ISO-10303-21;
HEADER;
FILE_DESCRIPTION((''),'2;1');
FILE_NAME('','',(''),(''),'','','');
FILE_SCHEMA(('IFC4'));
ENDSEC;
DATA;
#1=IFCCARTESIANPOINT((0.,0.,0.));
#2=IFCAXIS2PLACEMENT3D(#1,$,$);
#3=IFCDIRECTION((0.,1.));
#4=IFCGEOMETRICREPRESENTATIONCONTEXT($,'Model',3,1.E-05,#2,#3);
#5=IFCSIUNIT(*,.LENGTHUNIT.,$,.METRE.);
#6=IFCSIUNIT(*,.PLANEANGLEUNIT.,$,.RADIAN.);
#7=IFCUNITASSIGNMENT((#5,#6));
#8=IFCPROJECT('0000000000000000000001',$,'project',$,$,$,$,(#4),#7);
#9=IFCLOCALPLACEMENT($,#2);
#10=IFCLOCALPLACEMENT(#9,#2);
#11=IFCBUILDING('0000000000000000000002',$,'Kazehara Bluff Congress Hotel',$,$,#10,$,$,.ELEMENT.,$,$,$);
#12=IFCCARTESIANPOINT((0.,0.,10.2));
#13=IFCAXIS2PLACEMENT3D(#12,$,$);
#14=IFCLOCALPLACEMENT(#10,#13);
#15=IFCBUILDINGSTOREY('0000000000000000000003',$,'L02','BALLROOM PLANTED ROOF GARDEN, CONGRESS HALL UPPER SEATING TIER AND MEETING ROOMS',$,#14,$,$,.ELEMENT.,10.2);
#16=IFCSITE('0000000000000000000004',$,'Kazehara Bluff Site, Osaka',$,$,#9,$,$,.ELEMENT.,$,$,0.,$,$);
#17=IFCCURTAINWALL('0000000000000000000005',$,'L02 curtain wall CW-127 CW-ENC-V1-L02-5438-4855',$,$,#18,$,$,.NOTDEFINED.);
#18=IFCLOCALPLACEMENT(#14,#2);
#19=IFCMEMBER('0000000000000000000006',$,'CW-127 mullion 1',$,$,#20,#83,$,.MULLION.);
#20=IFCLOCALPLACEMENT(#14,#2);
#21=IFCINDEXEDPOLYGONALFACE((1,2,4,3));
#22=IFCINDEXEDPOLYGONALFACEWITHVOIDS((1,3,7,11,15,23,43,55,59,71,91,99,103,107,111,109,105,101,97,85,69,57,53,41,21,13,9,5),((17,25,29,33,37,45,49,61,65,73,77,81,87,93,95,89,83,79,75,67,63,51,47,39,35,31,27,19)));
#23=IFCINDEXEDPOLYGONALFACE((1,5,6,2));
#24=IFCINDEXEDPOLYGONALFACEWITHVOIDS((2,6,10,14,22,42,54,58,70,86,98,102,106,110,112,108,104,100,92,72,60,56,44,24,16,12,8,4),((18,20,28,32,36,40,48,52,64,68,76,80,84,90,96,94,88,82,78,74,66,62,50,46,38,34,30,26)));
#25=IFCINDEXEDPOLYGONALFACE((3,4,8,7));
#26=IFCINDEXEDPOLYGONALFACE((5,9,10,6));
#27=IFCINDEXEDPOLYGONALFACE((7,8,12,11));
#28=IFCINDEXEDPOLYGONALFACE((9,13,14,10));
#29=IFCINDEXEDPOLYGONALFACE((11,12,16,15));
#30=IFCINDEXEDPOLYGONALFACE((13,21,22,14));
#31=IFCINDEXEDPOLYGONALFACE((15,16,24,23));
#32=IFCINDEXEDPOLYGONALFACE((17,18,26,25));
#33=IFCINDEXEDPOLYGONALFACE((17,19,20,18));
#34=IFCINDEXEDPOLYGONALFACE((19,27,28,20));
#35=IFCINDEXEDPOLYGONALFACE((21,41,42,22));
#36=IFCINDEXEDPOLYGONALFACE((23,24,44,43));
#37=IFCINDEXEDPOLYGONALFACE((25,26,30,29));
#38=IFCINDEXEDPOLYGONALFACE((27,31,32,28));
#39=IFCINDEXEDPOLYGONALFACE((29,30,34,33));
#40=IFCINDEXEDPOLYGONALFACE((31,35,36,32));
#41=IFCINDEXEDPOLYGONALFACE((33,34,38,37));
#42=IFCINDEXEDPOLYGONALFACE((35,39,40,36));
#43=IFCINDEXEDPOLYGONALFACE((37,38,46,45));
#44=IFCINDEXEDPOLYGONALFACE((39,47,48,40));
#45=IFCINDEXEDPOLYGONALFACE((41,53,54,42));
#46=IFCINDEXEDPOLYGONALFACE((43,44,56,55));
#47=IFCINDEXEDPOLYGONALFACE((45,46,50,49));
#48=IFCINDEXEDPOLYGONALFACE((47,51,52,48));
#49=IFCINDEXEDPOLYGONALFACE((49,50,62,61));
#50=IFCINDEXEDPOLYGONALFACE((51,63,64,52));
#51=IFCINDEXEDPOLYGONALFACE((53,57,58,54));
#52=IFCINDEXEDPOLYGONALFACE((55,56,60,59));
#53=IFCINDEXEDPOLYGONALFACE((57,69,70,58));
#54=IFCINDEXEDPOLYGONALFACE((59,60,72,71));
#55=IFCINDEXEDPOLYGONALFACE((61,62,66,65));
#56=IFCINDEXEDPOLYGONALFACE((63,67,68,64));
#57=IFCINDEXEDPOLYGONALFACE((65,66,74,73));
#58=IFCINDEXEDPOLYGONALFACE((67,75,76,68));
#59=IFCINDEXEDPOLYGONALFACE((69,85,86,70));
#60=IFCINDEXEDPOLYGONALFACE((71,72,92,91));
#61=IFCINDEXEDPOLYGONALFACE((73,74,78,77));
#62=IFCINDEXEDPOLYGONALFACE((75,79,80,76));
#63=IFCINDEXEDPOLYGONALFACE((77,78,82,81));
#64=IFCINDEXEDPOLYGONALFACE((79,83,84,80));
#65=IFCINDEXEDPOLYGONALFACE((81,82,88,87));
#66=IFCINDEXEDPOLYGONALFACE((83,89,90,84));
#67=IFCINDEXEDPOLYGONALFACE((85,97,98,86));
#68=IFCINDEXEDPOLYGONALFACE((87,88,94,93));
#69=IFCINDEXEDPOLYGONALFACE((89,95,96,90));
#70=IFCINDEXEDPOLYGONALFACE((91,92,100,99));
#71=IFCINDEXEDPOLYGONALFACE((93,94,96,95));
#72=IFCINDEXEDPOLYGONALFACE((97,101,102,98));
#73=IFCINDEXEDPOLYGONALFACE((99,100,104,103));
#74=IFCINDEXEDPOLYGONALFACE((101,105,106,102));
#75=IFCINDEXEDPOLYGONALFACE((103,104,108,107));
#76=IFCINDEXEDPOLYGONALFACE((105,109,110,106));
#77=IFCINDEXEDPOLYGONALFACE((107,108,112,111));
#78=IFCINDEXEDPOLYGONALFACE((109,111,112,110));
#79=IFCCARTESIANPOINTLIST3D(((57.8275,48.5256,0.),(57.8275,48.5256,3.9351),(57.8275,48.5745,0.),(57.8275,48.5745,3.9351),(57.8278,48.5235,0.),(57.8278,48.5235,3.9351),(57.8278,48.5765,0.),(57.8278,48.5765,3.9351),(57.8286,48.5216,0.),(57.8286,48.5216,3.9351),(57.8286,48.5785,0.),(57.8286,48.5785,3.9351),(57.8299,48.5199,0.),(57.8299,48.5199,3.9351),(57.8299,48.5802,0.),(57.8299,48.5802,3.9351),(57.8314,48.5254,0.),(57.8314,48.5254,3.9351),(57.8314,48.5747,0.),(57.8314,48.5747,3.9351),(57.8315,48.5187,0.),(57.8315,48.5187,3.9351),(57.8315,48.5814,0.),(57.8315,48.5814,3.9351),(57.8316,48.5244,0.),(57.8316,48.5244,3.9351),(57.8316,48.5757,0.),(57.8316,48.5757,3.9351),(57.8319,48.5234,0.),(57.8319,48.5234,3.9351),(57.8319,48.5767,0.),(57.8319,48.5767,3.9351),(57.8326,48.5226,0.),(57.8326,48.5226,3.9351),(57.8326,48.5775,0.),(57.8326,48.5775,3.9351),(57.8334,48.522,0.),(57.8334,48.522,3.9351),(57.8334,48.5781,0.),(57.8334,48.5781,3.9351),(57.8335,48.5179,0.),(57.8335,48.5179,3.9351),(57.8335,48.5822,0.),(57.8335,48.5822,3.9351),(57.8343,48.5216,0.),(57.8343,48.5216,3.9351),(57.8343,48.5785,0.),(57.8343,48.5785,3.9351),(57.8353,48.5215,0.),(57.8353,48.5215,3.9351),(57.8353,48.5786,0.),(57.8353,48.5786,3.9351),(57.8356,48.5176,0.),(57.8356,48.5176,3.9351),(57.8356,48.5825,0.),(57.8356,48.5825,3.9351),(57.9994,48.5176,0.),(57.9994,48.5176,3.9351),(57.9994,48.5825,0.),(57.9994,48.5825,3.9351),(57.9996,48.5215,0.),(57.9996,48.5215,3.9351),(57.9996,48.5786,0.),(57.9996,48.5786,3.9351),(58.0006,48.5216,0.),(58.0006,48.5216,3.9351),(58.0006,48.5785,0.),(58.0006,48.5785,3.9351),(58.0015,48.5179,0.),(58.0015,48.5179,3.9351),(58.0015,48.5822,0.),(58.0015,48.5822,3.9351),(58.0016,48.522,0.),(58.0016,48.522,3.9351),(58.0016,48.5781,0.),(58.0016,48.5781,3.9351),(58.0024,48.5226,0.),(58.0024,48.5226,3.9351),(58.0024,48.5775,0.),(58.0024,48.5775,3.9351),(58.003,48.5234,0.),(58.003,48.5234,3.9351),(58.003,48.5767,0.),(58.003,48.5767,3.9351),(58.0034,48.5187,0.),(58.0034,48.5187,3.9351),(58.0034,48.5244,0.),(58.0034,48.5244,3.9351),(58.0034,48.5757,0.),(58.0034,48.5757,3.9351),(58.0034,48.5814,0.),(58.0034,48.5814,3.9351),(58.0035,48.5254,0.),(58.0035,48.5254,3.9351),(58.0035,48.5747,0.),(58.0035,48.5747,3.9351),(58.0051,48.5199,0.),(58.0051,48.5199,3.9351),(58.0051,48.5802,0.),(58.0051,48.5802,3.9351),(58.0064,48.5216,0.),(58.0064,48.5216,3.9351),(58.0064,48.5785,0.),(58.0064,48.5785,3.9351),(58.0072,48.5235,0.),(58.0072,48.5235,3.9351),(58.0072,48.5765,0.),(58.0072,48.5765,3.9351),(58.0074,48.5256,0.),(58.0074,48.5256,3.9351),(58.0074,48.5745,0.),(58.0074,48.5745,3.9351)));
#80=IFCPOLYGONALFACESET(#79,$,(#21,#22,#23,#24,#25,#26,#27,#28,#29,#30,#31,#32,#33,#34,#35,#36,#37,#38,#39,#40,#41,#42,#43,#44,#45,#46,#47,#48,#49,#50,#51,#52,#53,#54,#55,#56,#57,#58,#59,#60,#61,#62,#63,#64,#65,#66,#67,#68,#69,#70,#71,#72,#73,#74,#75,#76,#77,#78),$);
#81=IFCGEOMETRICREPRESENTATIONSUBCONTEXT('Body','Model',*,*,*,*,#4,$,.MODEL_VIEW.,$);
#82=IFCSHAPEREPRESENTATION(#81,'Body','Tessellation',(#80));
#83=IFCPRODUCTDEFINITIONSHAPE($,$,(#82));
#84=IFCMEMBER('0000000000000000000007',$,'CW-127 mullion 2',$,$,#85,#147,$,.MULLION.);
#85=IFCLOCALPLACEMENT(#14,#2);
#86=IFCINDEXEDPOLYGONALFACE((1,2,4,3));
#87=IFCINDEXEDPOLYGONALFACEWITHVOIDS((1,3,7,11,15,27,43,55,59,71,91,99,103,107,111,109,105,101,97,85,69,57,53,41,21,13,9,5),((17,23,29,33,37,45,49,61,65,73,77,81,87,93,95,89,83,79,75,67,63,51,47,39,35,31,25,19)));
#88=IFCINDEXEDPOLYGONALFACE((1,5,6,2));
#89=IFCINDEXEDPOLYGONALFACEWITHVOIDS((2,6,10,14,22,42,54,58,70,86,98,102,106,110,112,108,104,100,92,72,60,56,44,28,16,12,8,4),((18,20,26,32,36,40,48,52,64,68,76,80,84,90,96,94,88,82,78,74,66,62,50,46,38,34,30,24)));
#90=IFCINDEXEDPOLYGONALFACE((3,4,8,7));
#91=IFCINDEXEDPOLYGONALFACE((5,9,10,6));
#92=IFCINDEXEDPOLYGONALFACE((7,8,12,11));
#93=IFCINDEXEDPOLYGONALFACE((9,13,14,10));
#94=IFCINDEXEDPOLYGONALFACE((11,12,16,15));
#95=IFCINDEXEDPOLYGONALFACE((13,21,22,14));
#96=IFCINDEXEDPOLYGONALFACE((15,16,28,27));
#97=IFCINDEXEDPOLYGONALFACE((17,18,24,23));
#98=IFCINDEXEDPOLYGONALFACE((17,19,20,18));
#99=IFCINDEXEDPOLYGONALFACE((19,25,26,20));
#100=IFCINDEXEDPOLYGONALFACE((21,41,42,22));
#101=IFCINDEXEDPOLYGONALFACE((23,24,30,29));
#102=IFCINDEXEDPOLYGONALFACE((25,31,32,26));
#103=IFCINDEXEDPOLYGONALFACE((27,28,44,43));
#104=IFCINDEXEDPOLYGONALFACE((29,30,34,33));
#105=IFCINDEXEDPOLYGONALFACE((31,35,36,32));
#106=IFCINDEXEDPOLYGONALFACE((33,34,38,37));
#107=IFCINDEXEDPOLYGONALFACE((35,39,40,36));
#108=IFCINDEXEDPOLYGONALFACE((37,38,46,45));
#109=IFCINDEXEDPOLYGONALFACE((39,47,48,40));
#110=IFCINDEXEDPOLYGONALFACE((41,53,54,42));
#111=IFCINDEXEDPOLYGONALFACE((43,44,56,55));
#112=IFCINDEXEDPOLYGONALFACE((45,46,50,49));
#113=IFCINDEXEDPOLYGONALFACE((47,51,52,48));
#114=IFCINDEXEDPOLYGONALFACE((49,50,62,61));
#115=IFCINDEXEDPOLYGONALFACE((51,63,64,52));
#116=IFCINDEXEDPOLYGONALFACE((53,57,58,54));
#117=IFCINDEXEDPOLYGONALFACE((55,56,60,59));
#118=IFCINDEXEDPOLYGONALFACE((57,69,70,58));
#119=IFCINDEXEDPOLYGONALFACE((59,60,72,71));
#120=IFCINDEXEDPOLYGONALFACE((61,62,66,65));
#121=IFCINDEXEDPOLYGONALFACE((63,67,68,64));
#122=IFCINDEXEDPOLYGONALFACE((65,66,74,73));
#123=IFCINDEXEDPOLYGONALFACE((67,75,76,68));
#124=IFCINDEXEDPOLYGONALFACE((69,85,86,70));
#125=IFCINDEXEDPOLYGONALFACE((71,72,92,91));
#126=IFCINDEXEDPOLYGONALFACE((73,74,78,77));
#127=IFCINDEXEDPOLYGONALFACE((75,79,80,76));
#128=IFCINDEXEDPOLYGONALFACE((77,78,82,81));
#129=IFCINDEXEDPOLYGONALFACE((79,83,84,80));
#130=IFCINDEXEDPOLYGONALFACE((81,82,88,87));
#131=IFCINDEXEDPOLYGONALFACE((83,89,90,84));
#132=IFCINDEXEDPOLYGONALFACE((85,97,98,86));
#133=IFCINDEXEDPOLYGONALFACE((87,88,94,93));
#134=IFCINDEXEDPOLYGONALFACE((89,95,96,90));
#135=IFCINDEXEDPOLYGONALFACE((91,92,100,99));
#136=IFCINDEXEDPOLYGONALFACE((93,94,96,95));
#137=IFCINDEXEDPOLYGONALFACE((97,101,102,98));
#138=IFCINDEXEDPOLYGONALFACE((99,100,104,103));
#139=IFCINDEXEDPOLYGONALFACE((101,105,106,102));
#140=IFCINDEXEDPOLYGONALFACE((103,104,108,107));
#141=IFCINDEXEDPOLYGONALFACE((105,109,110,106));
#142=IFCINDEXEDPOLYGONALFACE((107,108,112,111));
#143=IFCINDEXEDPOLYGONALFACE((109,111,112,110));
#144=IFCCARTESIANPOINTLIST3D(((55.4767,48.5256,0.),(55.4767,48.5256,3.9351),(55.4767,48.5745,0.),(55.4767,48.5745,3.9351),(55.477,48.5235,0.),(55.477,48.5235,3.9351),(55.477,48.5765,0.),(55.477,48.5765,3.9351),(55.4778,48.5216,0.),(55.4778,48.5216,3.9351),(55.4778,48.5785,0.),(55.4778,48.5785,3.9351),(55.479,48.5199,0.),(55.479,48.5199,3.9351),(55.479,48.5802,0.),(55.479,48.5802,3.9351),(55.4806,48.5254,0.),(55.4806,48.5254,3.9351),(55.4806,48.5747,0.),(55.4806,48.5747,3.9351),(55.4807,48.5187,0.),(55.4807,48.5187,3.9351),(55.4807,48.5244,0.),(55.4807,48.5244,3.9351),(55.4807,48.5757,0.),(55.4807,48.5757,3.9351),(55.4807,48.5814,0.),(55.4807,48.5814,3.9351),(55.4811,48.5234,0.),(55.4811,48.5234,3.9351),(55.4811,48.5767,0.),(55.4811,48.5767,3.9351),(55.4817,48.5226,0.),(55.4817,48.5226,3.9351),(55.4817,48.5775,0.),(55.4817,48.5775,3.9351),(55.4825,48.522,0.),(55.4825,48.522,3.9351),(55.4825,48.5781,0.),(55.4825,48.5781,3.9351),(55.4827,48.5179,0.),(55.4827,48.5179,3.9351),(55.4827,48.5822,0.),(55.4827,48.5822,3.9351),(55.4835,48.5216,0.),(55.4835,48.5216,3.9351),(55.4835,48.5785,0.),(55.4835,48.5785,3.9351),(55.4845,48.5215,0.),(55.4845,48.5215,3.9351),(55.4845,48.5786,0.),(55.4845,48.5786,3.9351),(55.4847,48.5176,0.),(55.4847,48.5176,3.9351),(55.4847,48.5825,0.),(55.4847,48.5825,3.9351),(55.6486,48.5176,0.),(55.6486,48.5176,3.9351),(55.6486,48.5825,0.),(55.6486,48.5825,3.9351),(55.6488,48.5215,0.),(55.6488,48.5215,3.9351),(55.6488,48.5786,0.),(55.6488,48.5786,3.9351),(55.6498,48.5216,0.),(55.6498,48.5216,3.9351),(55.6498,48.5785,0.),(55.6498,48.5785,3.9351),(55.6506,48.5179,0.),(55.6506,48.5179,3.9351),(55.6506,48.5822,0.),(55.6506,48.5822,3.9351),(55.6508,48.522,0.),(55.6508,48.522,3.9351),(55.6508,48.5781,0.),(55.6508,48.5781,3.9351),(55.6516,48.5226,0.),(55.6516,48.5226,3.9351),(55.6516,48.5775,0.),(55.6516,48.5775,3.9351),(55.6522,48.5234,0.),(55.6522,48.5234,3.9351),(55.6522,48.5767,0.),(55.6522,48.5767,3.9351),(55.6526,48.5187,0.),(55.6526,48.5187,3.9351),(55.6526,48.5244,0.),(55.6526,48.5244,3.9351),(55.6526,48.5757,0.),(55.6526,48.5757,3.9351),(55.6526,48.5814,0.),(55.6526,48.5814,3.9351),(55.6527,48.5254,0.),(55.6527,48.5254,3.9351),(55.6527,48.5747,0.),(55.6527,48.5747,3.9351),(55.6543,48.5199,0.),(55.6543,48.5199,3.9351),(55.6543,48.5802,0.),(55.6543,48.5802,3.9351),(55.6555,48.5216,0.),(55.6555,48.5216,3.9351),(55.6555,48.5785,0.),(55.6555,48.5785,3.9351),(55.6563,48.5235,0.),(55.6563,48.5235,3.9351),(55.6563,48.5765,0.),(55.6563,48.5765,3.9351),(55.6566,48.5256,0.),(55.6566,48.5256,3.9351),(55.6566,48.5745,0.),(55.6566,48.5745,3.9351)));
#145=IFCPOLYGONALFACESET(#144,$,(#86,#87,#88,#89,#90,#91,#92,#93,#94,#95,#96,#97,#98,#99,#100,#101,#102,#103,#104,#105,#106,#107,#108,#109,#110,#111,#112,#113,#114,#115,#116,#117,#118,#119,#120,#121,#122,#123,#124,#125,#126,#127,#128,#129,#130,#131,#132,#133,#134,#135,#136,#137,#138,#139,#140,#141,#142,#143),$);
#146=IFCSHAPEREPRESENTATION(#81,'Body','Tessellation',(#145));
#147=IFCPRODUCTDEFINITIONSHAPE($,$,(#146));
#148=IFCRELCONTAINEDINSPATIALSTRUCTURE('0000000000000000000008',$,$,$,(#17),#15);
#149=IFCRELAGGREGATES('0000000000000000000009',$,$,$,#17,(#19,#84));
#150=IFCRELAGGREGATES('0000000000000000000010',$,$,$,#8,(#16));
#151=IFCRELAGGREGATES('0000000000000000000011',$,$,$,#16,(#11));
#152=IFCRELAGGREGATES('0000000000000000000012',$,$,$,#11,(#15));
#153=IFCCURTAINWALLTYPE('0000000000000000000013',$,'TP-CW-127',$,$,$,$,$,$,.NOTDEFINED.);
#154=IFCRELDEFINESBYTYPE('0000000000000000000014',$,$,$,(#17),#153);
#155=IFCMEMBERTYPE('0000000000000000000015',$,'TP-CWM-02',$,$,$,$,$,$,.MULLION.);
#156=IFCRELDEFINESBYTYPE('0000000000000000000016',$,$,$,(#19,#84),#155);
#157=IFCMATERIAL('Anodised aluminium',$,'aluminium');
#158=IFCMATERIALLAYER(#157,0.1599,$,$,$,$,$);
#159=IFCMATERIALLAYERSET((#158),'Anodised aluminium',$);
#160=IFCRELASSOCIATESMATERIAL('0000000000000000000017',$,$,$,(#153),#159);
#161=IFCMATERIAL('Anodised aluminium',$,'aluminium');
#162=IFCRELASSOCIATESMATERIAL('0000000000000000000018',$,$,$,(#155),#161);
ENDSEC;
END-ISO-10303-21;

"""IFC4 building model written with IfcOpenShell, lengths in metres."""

from ifc_helpers import new_model, si_unit, direction, frame, origin, origin_2d, place, context, subcontext, project, spatial, hollow_rectangle, extrude, material, layer, layer_set, material_profile, profile_set, type_object, element, aggregate, save


model = new_model("IFC4")

# Units and contexts
model_context = context("Model", 3, precision=1e-05, world=origin(), true_north=direction((0.0, 1.0)))
body_context = subcontext(model_context, "Body", "Model", "MODEL_VIEW")
ifc_project = project(units=[si_unit("LENGTHUNIT", "METRE"), si_unit("PLANEANGLEUNIT", "RADIAN")], contexts=[model_context])

# Site, building, storey
site_placement = place(None, origin())
site = spatial("IfcSite", under=ifc_project, at=site_placement, Name="Kazehara Bluff Site, Osaka", CompositionType="ELEMENT", RefElevation=0.0)
building_placement = place(site_placement, origin())
building = spatial("IfcBuilding", under=site, at=building_placement, Name="Kazehara Bluff Congress Hotel", CompositionType="ELEMENT")
storey_placement = place(building_placement, frame((0.0, 0.0, 10.2)))
storey = spatial("IfcBuildingStorey", under=building, at=storey_placement, Name="L02", Description="BALLROOM PLANTED ROOF GARDEN, CONGRESS HALL UPPER SEATING TIER AND MEETING ROOMS", CompositionType="ELEMENT", Elevation=10.2)

# Curtain wall, members
ifc_material_1 = material(Name="Anodised aluminium", Category="aluminium")
ifc_layer_1 = layer(ifc_material_1, 0.1599)
ifc_layer_set_1 = layer_set([ifc_layer_1], Name="Anodised aluminium")
curtain_wall_type_1 = type_object("IfcCurtainWallType", Name="TP-CW-127", PredefinedType="NOTDEFINED", material=ifc_layer_set_1)
curtain_wall_1_placement = place(storey_placement, origin())
curtain_wall_1 = element("IfcCurtainWall", 1, at=curtain_wall_1_placement, inside=storey, type_object=curtain_wall_type_1, Name="L02 curtain wall CW-127 CW-ENC-V1-L02-5438-4855", PredefinedType="NOTDEFINED")
ifc_material_2 = material(Name="Anodised aluminium", Category="aluminium")
ifc_material_profile_1 = material_profile(ifc_material_2, hollow_rectangle(XDim=0.0649, YDim=0.1799, WallThickness=0.0039, InnerFilletRadius=0.0039, OuterFilletRadius=0.0081, at=origin_2d()))
ifc_profile_set_1 = profile_set([ifc_material_profile_1], Name="Anodised aluminium")
member_type_1 = type_object("IfcMemberType", Name="TP-CWM-02", PredefinedType="MULLION", material=ifc_profile_set_1)
member_1_placement = place(storey_placement, frame((57.9175, 48.55, 0.0), z_axis=(0.0, 0.0, 1.0), x_axis=(0.0, -1.0, 0.0)))
member_1 = element("IfcMember", 2, at=member_1_placement, type_object=member_type_1, Name="CW-127 mullion 1", PredefinedType="MULLION", context=body_context, shape_type="SweptSolid", body=[
    extrude(hollow_rectangle(XDim=0.0649, YDim=0.1799, WallThickness=0.0039, InnerFilletRadius=0.0039, OuterFilletRadius=0.0081, at=origin_2d()), origin(), (0.0, 0.0, 1.0), 3.9351),
])
member_2_placement = place(storey_placement, frame((55.5667, 48.55, 0.0), z_axis=(0.0, 0.0, 1.0), x_axis=(0.0, -1.0, 0.0)))
member_2 = element("IfcMember", 3, at=member_2_placement, type_object=member_type_1, Name="CW-127 mullion 2", PredefinedType="MULLION", context=body_context, shape_type="SweptSolid", body=[
    extrude(hollow_rectangle(XDim=0.0649, YDim=0.1799, WallThickness=0.0039, InnerFilletRadius=0.0039, OuterFilletRadius=0.0081, at=origin_2d()), origin(), (0.0, 0.0, 1.0), 3.9351),
])

aggregate(curtain_wall_1, [member_1, member_2])

save(model, "model.ifc")
